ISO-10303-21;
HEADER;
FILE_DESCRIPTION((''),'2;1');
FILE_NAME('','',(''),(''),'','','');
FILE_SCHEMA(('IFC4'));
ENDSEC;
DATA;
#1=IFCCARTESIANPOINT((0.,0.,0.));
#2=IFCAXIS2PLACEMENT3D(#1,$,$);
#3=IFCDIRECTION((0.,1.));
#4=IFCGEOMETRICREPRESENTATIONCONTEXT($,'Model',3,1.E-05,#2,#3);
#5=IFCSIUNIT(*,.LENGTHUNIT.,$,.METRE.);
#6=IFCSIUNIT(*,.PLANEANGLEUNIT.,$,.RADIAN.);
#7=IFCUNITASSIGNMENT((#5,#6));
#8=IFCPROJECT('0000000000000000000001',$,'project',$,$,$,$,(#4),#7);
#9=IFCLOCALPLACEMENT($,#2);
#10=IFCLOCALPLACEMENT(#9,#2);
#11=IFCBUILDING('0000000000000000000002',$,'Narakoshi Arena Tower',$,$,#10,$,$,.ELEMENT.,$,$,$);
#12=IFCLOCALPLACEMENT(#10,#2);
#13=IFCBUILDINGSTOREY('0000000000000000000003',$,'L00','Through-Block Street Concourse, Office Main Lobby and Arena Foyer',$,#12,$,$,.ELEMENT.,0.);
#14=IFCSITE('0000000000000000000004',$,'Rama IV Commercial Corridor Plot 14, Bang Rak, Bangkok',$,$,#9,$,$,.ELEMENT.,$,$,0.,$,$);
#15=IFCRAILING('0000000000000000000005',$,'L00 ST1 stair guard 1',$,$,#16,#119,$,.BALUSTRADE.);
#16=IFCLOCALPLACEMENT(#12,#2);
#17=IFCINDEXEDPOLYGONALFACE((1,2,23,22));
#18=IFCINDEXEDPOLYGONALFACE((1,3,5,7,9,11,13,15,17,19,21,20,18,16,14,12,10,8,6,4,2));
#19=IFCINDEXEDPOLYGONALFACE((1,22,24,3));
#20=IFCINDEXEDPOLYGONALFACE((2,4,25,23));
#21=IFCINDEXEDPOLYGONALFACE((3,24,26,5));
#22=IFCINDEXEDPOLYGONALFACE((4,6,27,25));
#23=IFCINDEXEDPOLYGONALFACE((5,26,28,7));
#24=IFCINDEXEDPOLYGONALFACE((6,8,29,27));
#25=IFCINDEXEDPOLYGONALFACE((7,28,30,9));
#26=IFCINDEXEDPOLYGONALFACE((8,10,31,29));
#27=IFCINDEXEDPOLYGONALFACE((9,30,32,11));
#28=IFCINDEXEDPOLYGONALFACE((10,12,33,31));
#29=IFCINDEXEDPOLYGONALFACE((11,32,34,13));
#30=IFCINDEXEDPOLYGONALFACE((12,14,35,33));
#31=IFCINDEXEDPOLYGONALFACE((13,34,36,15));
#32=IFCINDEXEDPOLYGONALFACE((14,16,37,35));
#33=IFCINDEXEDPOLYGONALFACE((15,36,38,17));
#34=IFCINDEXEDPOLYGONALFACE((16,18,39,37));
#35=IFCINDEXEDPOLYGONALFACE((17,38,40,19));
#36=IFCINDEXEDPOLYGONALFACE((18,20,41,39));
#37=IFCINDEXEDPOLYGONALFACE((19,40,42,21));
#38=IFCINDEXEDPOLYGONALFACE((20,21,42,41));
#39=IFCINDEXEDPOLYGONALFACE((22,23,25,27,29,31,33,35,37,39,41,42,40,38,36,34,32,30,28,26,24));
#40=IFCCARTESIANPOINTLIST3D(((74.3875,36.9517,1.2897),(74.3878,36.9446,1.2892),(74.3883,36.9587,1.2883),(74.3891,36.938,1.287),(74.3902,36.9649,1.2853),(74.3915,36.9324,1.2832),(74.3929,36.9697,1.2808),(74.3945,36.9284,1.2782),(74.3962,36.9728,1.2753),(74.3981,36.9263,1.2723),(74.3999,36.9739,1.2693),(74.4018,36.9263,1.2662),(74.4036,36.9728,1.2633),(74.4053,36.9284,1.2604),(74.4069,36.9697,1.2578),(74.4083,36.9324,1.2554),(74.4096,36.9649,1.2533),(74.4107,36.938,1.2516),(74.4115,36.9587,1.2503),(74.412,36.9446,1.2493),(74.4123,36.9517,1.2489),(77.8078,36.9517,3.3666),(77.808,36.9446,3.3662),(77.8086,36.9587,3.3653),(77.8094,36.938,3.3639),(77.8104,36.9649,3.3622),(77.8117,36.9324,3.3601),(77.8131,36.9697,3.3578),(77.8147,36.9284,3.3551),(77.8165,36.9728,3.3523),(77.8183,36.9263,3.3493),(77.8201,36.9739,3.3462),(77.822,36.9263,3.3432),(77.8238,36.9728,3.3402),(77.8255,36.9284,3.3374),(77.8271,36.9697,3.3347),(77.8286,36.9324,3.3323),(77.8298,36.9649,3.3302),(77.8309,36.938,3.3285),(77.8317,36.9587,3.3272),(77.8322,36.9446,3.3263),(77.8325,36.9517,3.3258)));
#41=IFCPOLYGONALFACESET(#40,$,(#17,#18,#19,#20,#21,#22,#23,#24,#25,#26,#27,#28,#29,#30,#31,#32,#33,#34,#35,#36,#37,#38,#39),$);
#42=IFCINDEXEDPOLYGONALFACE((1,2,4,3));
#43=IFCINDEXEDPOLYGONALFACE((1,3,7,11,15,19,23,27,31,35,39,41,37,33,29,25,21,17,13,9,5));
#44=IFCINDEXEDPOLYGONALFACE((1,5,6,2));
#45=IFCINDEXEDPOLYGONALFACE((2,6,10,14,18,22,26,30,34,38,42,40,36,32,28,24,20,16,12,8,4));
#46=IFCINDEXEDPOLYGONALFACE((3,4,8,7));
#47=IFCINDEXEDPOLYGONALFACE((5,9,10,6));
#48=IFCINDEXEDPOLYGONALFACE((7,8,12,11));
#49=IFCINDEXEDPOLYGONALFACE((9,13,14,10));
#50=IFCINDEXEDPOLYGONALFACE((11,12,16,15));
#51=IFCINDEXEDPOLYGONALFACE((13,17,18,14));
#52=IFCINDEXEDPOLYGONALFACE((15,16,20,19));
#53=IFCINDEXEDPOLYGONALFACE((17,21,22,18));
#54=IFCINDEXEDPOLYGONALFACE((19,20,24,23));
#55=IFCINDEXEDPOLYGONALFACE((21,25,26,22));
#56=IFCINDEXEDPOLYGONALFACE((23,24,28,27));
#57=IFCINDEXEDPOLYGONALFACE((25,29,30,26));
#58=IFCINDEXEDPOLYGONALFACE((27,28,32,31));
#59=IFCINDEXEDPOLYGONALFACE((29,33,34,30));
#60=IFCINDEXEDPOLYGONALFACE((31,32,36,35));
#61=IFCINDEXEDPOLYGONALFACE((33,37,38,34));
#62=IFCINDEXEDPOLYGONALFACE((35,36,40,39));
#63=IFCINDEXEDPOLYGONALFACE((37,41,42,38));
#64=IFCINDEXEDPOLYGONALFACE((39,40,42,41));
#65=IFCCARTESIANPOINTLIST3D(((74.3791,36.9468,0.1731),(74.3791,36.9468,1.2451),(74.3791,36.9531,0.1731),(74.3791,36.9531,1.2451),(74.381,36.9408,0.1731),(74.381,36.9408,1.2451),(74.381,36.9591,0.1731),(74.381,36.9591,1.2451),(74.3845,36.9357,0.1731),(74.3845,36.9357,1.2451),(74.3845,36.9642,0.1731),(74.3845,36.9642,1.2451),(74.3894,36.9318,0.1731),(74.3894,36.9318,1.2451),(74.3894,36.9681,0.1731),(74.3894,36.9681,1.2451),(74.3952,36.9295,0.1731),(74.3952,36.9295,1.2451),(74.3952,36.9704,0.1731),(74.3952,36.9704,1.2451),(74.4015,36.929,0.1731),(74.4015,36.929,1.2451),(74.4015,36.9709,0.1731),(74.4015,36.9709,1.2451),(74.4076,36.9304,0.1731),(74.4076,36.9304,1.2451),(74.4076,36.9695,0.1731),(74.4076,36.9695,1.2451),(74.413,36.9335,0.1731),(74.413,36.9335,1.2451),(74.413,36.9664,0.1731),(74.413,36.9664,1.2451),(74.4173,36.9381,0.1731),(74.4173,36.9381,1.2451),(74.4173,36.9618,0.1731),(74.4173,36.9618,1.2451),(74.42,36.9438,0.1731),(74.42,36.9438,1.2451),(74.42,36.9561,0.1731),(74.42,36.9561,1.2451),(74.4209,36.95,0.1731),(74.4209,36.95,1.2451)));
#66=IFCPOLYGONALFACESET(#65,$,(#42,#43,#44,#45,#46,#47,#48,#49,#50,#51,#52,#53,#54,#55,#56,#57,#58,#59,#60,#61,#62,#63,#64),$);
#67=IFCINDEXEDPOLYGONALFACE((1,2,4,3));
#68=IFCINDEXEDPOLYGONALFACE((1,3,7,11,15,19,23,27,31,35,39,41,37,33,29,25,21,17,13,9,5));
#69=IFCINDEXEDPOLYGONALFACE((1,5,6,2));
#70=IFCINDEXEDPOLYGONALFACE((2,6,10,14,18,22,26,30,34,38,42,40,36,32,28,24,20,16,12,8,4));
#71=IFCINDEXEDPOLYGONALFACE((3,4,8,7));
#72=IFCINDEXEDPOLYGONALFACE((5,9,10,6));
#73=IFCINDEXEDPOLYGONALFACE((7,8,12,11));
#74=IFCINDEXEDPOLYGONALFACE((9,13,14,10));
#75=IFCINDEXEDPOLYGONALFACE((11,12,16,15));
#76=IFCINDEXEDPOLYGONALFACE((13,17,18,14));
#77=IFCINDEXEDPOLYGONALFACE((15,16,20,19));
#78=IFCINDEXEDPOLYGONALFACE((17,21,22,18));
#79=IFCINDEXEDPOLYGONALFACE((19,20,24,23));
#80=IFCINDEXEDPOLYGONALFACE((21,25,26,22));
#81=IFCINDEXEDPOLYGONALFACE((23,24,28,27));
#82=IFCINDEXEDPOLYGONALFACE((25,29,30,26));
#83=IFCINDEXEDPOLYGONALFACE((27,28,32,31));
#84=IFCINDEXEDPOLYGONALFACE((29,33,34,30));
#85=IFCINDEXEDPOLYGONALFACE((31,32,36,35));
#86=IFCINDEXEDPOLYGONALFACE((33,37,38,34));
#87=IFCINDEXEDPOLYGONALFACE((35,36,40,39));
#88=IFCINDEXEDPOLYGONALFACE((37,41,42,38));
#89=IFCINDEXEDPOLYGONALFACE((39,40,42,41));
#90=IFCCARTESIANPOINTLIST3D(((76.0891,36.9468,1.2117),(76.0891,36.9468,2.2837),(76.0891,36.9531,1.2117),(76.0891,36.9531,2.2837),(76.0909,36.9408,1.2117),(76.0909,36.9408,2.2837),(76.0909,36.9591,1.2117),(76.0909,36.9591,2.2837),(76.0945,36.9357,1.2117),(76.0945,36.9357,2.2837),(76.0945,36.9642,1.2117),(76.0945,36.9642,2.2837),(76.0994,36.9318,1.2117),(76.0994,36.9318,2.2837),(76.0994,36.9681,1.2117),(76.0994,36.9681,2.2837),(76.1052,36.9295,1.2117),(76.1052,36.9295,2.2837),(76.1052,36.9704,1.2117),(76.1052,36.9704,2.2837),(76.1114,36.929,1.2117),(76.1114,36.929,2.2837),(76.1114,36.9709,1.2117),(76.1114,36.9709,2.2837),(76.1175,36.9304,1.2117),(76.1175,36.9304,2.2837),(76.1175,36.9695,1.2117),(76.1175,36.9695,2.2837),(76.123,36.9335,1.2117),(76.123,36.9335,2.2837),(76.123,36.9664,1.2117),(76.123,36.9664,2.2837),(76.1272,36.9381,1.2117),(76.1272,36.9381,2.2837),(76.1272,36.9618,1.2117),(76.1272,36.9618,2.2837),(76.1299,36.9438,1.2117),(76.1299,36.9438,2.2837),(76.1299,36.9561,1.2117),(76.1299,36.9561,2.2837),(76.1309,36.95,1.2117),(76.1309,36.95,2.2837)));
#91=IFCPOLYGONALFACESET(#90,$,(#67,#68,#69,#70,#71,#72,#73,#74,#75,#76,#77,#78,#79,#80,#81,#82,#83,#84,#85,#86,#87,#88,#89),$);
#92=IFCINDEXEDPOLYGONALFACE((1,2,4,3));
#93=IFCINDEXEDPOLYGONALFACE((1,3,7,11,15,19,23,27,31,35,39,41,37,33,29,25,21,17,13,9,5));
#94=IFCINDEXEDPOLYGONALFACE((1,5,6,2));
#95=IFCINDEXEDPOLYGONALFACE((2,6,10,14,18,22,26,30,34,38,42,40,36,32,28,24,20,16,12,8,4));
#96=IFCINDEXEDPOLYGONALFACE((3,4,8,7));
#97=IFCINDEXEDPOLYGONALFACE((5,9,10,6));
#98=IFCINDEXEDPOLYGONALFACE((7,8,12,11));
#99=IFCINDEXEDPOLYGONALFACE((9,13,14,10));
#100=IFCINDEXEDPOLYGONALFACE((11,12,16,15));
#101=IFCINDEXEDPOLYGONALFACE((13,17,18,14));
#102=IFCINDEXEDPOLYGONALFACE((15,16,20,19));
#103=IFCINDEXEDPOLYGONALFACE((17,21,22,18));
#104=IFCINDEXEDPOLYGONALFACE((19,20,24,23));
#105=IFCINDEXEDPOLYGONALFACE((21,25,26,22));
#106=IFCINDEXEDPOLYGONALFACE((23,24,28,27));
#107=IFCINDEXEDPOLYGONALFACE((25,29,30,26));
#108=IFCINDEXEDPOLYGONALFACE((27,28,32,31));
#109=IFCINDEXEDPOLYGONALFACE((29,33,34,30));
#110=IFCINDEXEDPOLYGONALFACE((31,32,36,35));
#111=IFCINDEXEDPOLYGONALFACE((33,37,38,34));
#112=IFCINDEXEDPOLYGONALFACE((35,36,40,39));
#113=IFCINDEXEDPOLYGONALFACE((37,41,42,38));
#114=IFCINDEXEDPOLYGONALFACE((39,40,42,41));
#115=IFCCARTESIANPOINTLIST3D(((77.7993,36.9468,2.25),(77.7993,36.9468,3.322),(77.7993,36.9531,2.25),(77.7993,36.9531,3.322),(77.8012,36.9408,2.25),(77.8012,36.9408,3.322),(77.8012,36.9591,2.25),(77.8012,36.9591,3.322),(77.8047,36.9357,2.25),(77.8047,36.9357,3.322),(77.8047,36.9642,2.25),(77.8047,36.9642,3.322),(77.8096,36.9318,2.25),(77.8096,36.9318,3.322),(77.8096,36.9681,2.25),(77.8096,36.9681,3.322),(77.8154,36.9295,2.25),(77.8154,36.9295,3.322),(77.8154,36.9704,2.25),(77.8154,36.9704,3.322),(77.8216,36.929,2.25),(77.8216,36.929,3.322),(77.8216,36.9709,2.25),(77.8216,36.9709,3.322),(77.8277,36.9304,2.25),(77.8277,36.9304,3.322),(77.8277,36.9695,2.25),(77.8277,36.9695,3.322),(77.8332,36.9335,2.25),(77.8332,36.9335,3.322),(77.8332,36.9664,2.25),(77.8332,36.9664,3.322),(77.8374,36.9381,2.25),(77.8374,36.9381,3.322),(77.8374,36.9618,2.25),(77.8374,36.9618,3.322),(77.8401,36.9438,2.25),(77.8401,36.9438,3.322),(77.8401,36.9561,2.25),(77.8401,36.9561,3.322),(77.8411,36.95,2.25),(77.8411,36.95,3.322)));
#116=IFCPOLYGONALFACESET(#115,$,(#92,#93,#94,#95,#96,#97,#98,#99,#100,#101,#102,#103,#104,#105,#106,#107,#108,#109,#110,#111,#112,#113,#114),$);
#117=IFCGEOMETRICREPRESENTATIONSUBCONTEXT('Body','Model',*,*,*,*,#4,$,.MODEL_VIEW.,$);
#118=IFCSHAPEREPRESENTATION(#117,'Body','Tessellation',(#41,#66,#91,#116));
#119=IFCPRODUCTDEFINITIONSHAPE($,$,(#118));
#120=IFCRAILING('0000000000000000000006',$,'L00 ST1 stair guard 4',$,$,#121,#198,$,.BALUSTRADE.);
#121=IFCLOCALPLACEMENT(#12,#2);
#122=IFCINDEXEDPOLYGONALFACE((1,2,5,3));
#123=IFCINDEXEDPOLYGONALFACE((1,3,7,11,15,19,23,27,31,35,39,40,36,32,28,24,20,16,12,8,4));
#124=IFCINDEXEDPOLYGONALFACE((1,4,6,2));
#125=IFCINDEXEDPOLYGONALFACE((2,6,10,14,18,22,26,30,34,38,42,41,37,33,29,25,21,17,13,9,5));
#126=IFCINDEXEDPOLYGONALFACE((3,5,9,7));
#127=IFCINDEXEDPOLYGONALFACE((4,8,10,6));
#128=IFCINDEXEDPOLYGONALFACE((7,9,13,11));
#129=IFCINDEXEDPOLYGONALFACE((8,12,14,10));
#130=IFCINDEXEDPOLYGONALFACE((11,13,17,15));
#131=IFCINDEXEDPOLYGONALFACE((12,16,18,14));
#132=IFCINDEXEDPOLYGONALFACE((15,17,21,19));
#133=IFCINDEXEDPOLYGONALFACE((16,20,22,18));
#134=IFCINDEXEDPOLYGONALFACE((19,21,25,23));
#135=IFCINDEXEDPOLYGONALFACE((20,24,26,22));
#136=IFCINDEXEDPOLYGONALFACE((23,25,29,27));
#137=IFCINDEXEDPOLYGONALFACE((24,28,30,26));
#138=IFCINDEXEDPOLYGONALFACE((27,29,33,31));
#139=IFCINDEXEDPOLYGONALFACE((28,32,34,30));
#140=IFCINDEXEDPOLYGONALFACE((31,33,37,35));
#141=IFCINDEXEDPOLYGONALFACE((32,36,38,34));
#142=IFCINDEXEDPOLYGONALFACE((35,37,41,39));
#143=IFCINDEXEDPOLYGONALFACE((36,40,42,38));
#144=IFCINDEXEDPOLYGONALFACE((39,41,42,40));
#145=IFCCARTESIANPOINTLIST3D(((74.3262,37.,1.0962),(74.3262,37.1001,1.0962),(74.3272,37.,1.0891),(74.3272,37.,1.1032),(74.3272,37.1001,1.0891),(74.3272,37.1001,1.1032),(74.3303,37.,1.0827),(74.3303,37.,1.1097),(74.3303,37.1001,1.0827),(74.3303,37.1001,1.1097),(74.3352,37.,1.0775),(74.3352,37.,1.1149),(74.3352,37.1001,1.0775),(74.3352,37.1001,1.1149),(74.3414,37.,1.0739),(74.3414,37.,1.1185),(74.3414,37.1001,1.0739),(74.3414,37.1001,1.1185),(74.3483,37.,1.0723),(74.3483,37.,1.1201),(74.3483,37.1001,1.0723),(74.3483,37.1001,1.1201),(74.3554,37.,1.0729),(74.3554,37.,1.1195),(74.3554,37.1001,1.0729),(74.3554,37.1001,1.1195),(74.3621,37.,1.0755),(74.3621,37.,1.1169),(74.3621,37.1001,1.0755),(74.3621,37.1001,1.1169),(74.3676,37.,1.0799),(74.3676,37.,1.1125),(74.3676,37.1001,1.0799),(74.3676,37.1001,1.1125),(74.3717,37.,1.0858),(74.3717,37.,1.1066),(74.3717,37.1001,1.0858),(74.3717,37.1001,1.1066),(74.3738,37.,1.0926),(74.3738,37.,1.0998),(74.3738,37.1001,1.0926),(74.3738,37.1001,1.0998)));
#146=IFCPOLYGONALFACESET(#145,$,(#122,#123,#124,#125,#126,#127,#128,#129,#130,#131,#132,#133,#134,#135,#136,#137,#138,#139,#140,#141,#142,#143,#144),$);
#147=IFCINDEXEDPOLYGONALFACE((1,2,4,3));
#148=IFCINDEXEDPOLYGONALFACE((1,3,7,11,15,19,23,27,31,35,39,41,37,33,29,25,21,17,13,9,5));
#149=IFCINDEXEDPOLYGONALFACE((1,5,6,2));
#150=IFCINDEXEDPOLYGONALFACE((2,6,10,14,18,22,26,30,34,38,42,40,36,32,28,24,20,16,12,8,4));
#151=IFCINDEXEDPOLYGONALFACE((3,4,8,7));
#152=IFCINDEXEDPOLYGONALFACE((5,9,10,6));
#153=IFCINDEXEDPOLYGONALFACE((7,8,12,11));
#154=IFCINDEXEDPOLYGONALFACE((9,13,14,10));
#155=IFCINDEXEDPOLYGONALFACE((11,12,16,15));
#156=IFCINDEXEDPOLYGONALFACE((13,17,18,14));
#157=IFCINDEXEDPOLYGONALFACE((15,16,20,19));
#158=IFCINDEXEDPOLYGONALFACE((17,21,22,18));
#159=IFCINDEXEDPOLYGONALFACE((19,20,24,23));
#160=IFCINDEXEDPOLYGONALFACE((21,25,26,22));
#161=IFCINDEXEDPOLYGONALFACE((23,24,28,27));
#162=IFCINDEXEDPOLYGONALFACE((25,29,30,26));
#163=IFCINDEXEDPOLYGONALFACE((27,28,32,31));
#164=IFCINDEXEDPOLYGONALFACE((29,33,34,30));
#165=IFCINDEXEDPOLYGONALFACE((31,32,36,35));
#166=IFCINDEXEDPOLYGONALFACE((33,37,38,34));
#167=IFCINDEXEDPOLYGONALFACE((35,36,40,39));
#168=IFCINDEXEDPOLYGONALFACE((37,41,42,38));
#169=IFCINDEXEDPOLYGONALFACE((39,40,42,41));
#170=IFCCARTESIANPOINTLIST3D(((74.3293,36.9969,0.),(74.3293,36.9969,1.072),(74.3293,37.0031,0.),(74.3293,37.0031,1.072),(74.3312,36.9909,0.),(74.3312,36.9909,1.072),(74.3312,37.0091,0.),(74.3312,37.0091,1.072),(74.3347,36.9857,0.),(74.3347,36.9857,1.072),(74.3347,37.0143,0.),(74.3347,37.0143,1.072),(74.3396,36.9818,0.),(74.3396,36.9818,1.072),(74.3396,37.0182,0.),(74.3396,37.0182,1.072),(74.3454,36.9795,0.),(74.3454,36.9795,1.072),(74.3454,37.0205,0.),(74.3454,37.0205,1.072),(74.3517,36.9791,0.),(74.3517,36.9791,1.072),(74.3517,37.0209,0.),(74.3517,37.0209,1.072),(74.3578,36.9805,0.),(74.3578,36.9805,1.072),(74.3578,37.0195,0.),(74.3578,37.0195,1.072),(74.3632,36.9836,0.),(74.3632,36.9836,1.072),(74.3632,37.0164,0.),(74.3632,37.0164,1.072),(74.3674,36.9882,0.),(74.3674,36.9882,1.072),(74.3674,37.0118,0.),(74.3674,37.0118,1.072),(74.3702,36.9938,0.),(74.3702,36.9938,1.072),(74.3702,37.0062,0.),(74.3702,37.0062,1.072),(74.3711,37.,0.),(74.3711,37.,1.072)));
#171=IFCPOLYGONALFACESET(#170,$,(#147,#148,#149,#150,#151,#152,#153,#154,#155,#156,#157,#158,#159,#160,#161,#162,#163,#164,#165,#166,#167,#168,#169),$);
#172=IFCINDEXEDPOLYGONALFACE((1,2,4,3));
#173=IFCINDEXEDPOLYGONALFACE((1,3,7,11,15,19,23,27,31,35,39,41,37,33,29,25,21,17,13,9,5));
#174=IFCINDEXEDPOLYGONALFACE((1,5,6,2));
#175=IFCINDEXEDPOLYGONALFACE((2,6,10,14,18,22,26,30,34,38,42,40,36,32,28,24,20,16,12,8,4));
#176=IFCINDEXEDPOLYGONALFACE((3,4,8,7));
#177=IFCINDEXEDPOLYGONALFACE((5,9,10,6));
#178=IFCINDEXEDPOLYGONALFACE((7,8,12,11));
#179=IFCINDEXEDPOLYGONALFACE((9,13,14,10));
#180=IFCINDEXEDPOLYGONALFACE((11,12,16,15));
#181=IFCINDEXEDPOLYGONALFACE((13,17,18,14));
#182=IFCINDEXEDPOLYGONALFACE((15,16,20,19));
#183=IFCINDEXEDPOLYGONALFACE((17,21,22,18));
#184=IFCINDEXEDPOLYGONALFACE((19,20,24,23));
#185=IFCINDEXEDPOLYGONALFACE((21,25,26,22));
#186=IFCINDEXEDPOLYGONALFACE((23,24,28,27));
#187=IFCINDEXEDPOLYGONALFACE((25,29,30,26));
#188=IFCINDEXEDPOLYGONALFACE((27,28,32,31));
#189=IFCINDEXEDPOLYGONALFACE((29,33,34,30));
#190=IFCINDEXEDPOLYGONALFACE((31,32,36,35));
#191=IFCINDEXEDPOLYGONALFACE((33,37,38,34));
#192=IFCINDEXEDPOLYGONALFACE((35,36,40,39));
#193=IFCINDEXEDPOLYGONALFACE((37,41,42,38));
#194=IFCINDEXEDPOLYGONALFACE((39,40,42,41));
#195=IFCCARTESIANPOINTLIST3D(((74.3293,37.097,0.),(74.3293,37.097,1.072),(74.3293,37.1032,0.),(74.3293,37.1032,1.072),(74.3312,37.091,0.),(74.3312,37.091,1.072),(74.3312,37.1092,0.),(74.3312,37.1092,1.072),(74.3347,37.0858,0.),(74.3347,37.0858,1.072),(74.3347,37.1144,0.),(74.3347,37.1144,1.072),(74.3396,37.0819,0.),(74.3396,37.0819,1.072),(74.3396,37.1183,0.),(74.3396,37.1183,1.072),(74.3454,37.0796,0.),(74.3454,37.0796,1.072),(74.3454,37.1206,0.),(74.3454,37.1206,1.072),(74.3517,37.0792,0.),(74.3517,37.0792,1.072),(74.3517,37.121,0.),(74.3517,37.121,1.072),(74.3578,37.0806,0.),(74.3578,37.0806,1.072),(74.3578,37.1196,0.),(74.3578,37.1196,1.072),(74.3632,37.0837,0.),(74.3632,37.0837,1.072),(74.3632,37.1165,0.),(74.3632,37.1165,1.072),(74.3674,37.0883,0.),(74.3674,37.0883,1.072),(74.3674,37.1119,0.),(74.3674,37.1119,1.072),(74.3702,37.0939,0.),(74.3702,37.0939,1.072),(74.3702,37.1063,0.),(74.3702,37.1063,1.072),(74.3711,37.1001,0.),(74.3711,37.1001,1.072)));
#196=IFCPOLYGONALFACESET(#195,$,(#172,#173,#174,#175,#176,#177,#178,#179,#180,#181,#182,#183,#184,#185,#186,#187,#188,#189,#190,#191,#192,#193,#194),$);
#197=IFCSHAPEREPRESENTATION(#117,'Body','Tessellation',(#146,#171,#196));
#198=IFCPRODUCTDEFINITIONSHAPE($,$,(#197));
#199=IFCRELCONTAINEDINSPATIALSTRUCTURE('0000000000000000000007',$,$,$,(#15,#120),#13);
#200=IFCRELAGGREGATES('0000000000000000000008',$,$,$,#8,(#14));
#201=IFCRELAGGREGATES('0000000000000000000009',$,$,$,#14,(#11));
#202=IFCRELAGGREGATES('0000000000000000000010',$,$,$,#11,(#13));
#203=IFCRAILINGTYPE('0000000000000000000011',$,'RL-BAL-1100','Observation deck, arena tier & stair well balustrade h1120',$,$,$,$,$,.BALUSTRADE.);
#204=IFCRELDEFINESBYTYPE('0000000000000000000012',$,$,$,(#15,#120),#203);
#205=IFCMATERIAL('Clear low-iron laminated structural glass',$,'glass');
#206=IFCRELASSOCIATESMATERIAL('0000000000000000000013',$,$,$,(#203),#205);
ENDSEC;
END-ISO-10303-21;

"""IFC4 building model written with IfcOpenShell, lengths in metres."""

from ifc_helpers import new_model, si_unit, direction, frame, origin, origin_2d, place, context, subcontext, project, spatial, circle, extrude, material, type_object, element, save


model = new_model("IFC4")

# Units and contexts
model_context = context("Model", 3, precision=1e-05, world=origin(), true_north=direction((0.0, 1.0)))
body_context = subcontext(model_context, "Body", "Model", "MODEL_VIEW")
ifc_project = project(units=[si_unit("LENGTHUNIT", "METRE"), si_unit("PLANEANGLEUNIT", "RADIAN")], contexts=[model_context])

# Site, building, storey
site_placement = place(None, origin())
site = spatial("IfcSite", under=ifc_project, at=site_placement, Name="Rama IV Commercial Corridor Plot 14, Bang Rak, Bangkok", CompositionType="ELEMENT", RefElevation=0.0)
building_placement = place(site_placement, origin())
building = spatial("IfcBuilding", under=site, at=building_placement, Name="Narakoshi Arena Tower", CompositionType="ELEMENT")
storey_placement = place(building_placement, origin())
storey = spatial("IfcBuildingStorey", under=building, at=storey_placement, Name="L00", Description="Through-Block Street Concourse, Office Main Lobby and Arena Foyer", CompositionType="ELEMENT", Elevation=0.0)

# Railings
ifc_material_1 = material(Name="Clear low-iron laminated structural glass", Category="glass")
railing_type_1 = type_object("IfcRailingType", Name="RL-BAL-1100", Description="Observation deck, arena tier & stair well balustrade h1120", PredefinedType="BALUSTRADE", material=ifc_material_1)
railing_1_placement = place(storey_placement, frame((74.3999, 36.95, 0.1731)))
element("IfcRailing", 1, at=railing_1_placement, inside=storey, type_object=railing_type_1, Name="L00 ST1 stair guard 1", PredefinedType="BALUSTRADE", context=body_context, shape_type="SweptSolid", body=[
    extrude(circle(Radius=0.0239, at=origin_2d()), frame((0.0, 0.0, 1.0962), z_axis=(0.854746, 0.0, 0.519047), x_axis=(0.0, 1.0, 0.0)), (0.0, 0.0, 1.0), 4.0015),
    extrude(circle(Radius=0.021, at=origin_2d()), origin(), (0.0, 0.0, 1.0), 1.072),
    extrude(circle(Radius=0.021, at=origin_2d()), frame((1.71, 0.0, 1.0386)), (0.0, 0.0, 1.0), 1.072),
    extrude(circle(Radius=0.021, at=origin_2d()), frame((3.4202, 0.0, 2.0769)), (0.0, 0.0, 1.0), 1.072),
])
railing_2_placement = place(storey_placement, frame((74.3501, 37.0, 0.0)))
element("IfcRailing", 2, at=railing_2_placement, inside=storey, type_object=railing_type_1, Name="L00 ST1 stair guard 4", PredefinedType="BALUSTRADE", context=body_context, shape_type="SweptSolid", body=[
    extrude(circle(Radius=0.0239, at=origin_2d()), frame((0.0, 0.0, 1.0962), z_axis=(0.0, 1.0, 0.0), x_axis=(-1.0, 0.0, 0.0)), (0.0, 0.0, 1.0), 0.1001),
    extrude(circle(Radius=0.021, at=origin_2d()), origin(), (0.0, 0.0, 1.0), 1.072),
    extrude(circle(Radius=0.021, at=origin_2d()), frame((0.0, 0.1001, 0.0)), (0.0, 0.0, 1.0), 1.072),
])

save(model, "model.ifc")
